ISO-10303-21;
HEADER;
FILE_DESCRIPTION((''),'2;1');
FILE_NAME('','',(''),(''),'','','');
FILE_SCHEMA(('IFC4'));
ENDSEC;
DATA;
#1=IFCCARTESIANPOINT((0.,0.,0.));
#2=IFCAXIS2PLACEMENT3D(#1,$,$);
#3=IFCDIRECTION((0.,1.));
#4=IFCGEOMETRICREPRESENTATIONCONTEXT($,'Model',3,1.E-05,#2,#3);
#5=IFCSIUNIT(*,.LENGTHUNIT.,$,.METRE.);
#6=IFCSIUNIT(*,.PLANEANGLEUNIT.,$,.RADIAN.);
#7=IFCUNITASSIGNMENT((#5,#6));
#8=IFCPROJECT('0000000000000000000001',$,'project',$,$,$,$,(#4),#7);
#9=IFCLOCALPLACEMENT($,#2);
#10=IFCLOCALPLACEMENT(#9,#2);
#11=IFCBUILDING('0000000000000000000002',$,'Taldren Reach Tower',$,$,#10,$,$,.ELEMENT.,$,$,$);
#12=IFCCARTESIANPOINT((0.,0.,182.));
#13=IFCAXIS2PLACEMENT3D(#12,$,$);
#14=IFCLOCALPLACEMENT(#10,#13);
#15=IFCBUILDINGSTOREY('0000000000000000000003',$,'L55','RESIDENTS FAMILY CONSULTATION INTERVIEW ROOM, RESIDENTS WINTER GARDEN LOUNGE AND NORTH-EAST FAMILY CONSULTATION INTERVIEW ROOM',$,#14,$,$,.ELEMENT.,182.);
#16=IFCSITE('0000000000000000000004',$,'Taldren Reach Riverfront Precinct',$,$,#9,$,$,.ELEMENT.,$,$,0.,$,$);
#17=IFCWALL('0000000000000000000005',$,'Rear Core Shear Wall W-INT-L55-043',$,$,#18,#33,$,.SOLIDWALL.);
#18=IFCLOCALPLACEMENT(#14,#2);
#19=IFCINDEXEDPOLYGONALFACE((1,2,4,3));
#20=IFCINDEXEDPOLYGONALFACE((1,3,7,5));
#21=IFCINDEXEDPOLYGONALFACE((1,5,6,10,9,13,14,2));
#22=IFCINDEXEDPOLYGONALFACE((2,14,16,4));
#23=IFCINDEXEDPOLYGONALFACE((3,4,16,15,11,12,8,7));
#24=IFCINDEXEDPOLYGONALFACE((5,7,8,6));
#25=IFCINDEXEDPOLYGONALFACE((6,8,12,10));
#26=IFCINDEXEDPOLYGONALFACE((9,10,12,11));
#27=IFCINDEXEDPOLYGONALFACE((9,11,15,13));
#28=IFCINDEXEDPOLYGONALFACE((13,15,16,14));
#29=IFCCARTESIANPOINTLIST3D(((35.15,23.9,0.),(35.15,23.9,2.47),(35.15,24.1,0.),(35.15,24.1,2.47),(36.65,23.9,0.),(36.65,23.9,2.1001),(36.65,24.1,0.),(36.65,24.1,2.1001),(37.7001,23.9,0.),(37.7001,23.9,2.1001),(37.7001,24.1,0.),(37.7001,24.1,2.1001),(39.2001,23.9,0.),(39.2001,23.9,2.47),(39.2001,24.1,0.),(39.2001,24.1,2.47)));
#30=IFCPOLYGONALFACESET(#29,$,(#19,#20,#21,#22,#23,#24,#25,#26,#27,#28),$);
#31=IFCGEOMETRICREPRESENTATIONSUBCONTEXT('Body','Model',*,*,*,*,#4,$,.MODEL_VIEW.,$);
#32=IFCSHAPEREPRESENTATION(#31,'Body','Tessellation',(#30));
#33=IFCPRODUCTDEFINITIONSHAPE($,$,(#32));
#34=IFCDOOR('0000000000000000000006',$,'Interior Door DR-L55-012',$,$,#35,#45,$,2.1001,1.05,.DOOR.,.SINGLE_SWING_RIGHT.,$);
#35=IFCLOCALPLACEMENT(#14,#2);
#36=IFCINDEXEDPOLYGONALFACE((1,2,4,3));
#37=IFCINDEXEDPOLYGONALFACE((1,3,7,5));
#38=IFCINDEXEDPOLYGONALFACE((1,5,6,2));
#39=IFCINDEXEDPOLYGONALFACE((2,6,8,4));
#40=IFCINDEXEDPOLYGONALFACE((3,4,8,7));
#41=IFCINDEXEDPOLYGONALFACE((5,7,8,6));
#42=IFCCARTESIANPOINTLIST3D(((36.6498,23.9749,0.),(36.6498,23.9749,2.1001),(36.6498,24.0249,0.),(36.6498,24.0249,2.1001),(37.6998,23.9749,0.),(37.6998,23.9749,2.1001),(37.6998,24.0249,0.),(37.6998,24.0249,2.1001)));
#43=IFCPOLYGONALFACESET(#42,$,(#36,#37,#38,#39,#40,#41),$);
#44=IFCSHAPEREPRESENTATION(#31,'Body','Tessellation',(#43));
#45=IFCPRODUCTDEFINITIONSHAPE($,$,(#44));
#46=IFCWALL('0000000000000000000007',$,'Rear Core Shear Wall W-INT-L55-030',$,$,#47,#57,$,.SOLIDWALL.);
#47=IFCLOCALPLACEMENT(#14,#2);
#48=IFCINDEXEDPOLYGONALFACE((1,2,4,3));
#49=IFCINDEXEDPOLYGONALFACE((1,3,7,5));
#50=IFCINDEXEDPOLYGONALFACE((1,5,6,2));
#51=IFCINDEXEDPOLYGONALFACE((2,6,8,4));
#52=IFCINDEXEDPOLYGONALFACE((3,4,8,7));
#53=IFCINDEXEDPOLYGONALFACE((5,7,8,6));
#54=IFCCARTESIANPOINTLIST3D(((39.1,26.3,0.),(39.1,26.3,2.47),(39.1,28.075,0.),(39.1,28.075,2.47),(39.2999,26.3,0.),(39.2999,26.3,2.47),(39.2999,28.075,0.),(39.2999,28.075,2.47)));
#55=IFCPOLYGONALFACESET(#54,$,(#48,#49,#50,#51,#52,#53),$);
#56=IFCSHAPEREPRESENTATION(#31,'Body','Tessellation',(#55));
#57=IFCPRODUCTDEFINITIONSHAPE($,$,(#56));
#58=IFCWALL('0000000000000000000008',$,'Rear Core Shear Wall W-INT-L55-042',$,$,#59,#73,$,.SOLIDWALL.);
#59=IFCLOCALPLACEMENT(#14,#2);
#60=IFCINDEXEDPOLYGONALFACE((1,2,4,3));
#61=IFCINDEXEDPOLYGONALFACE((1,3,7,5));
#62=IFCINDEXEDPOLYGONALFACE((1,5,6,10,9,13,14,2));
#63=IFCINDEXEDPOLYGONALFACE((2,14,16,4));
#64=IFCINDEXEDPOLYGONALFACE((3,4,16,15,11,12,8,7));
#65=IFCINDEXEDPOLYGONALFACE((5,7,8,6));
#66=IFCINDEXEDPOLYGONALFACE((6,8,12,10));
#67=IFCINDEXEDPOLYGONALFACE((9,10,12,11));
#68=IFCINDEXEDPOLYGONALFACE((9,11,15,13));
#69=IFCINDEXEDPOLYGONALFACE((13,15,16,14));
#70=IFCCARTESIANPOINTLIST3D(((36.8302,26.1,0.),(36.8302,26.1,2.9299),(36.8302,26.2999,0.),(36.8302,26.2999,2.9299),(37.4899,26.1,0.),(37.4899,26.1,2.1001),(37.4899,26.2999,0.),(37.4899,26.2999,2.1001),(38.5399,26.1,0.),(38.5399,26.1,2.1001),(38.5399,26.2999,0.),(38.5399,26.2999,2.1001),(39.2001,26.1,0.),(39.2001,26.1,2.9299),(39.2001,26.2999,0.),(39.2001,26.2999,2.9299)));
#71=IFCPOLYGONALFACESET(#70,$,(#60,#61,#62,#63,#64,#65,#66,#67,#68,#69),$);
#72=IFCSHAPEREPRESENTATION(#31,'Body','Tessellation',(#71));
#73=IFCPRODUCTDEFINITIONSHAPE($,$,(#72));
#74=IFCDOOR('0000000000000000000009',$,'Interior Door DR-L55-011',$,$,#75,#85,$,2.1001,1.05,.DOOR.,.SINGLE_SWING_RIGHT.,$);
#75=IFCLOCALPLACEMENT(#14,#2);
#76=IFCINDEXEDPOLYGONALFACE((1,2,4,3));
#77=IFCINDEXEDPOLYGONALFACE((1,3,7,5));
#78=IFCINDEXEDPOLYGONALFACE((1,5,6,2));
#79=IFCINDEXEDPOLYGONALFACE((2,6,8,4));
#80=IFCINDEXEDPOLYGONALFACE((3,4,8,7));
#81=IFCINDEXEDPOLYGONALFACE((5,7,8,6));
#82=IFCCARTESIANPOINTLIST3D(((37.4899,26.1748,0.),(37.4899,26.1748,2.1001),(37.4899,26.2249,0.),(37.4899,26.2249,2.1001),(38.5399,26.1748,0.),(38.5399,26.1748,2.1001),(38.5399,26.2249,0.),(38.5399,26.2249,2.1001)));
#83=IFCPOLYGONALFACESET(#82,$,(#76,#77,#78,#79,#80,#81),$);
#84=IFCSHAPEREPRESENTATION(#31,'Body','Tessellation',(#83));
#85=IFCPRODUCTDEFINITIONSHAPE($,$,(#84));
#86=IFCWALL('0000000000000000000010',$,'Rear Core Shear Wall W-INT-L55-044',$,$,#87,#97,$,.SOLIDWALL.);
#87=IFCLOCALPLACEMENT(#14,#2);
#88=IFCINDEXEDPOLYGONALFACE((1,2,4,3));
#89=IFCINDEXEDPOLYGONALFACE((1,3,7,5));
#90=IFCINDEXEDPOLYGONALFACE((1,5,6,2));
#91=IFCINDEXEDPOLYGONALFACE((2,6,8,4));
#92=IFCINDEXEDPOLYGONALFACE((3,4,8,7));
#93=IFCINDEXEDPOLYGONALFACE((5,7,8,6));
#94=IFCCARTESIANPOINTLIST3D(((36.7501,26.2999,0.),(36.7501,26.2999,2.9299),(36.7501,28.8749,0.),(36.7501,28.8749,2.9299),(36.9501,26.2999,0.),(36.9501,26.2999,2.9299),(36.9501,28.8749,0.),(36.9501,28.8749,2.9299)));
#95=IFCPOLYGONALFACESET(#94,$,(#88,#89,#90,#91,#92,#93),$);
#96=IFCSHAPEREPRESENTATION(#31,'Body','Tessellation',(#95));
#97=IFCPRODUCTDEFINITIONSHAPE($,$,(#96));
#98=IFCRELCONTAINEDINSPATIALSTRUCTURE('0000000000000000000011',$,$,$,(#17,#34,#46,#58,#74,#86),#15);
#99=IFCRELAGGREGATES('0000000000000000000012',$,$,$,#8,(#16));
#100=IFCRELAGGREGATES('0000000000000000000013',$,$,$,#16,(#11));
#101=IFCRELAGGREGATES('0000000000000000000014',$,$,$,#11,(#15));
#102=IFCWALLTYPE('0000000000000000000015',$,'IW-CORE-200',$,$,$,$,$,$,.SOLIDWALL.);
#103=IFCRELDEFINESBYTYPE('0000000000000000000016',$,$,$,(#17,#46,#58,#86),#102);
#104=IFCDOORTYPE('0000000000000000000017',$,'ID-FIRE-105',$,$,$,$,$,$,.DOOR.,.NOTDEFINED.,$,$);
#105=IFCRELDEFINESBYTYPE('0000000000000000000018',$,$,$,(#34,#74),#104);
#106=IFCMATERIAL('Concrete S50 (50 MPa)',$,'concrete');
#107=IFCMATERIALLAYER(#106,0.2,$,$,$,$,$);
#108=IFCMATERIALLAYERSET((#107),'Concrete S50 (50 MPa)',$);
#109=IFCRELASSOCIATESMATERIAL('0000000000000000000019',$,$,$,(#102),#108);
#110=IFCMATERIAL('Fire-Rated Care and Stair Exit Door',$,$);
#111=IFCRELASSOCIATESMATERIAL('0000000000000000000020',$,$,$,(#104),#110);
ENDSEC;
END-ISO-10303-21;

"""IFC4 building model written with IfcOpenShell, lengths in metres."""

from ifc_helpers import new_model, si_unit, direction, frame, frame_2d, origin, place, context, subcontext, project, spatial, rectangle, extrude, source, transform, mapped, material, layer, layer_set, type_object, element, fill, save


model = new_model("IFC4")

# Units and contexts
model_context = context("Model", 3, precision=1e-05, world=origin(), true_north=direction((0.0, 1.0)))
body_context = subcontext(model_context, "Body", "Model", "MODEL_VIEW")
ifc_project = project(units=[si_unit("LENGTHUNIT", "METRE"), si_unit("PLANEANGLEUNIT", "RADIAN")], contexts=[model_context])

# Site, building, storey
site_placement = place(None, origin())
site = spatial("IfcSite", under=ifc_project, at=site_placement, Name="Taldren Reach Riverfront Precinct", CompositionType="ELEMENT", RefElevation=0.0)
building_placement = place(site_placement, origin())
building = spatial("IfcBuilding", under=site, at=building_placement, Name="Taldren Reach Tower", CompositionType="ELEMENT")
storey_placement = place(building_placement, frame((0.0, 0.0, 182.0)))
storey = spatial("IfcBuildingStorey", under=building, at=storey_placement, Name="L55", Description="RESIDENTS FAMILY CONSULTATION INTERVIEW ROOM, RESIDENTS WINTER GARDEN LOUNGE AND NORTH-EAST FAMILY CONSULTATION INTERVIEW ROOM", CompositionType="ELEMENT", Elevation=182.0)

# Shared definitions
ifc_material_1 = material(Name="Concrete S50 (50 MPa)", Category="concrete")
ifc_layer_1 = layer(ifc_material_1, 0.2)
ifc_layer_set_1 = layer_set([ifc_layer_1], Name="Concrete S50 (50 MPa)")
wall_type_1 = type_object("IfcWallType", Name="IW-CORE-200", PredefinedType="SOLIDWALL", material=ifc_layer_set_1)

# Wall, opening, door
shared_shape_1 = source(origin(), body_context, "Body", "SweptSolid", [
    extrude(rectangle(XDim=4.05, YDim=0.2, at=frame_2d((2.0249, 0.0))), origin(), (0.0, 0.0, 1.0), 2.47),
])
wall_1_placement = place(storey_placement, frame((39.2, 24.0, 0.0), z_axis=(0.0, 0.0, 1.0), x_axis=(-1.0, 0.0, 0.0)))
wall_1 = element("IfcWall", 1, at=wall_1_placement, inside=storey, type_object=wall_type_1, Name="Rear Core Shear Wall W-INT-L55-043", PredefinedType="SOLIDWALL", context=body_context, shape_type="MappedRepresentation", body=[
    mapped(shared_shape_1, transform((0.0, 0.0, 0.0), scale=1.0)),
])
shared_shape_2 = source(origin(), body_context, "Body", "SweptSolid", [
    extrude(rectangle(XDim=1.05, YDim=2.1001, at=frame_2d((0.5249, 1.05))), frame((0.0, 0.1099, 0.0), z_axis=(0.0, -1.0, 0.0), x_axis=(1.0, 0.0, 0.0)), (0.0, 0.0, 1.0), 0.22),
])
opening_1_placement = place(wall_1_placement, frame((1.5, 0.0, 0.0)))
opening_1 = element("IfcOpeningElement", 2, at=opening_1_placement, cuts=wall_1, PredefinedType="OPENING", context=body_context, shape_type="MappedRepresentation", body=[
    mapped(shared_shape_2, transform((0.0, 0.0, 0.0), scale=1.0)),
])
ifc_material_2 = material(Name="Fire-Rated Care and Stair Exit Door")
door_type_1 = type_object("IfcDoorType", Name="ID-FIRE-105", OperationType="NOTDEFINED", PredefinedType="DOOR", material=ifc_material_2)
shared_shape_3 = source(origin(), body_context, "Body", "SweptSolid", [
    extrude(rectangle(XDim=1.05, YDim=2.1001, at=frame_2d((0.5249, 1.05))), frame((0.0, 0.0249, 0.0), z_axis=(0.0, -1.0, 0.0), x_axis=(1.0, 0.0, 0.0)), (0.0, 0.0, 1.0), 0.05),
])
door_1_placement = place(opening_1_placement, frame((1.05, 0.0, 0.0), z_axis=(0.0, 0.0, 1.0), x_axis=(-1.0, 0.0, 0.0)))
door_1 = element("IfcDoor", 3, at=door_1_placement, inside=storey, type_object=door_type_1, Name="Interior Door DR-L55-012", OperationType="SINGLE_SWING_RIGHT", OverallHeight=2.1001, OverallWidth=1.05, PredefinedType="DOOR", context=body_context, shape_type="MappedRepresentation", body=[
    mapped(shared_shape_3, transform((0.0, 0.0, 0.0), scale=1.0)),
])
fill(opening_1, door_1)

# Wall
shared_shape_4 = source(origin(), body_context, "Body", "SweptSolid", [
    extrude(rectangle(XDim=1.7749, YDim=0.2, at=frame_2d((0.8875, 0.0))), origin(), (0.0, 0.0, 1.0), 2.47),
])
wall_2_placement = place(storey_placement, frame((39.2, 26.3, 0.0), z_axis=(0.0, 0.0, 1.0), x_axis=(0.0, 1.0, 0.0)))
element("IfcWall", 4, at=wall_2_placement, inside=storey, type_object=wall_type_1, Name="Rear Core Shear Wall W-INT-L55-030", PredefinedType="SOLIDWALL", context=body_context, shape_type="MappedRepresentation", body=[
    mapped(shared_shape_4, transform((0.0, 0.0, 0.0), scale=1.0)),
])

# Wall, opening, door
shared_shape_5 = source(origin(), body_context, "Body", "SweptSolid", [
    extrude(rectangle(XDim=2.3699, YDim=0.2, at=frame_2d((1.1851, 0.0))), origin(), (0.0, 0.0, 1.0), 2.9299),
])
wall_3_placement = place(storey_placement, frame((36.8301, 26.2, 0.0), z_axis=(0.0, 0.0, 1.0), x_axis=(1.0, 0.0, 0.0)))
wall_3 = element("IfcWall", 5, at=wall_3_placement, inside=storey, type_object=wall_type_1, Name="Rear Core Shear Wall W-INT-L55-042", PredefinedType="SOLIDWALL", context=body_context, shape_type="MappedRepresentation", body=[
    mapped(shared_shape_5, transform((0.0, 0.0, 0.0), scale=1.0)),
])
opening_2_placement = place(wall_3_placement, frame((0.6599, 0.0, 0.0)))
opening_2 = element("IfcOpeningElement", 6, at=opening_2_placement, cuts=wall_3, PredefinedType="OPENING", context=body_context, shape_type="MappedRepresentation", body=[
    mapped(shared_shape_2, transform((0.0, 0.0, 0.0), scale=1.0)),
])
door_2_placement = place(opening_2_placement, origin())
door_2 = element("IfcDoor", 7, at=door_2_placement, inside=storey, type_object=door_type_1, Name="Interior Door DR-L55-011", OperationType="SINGLE_SWING_RIGHT", OverallHeight=2.1001, OverallWidth=1.05, PredefinedType="DOOR", context=body_context, shape_type="MappedRepresentation", body=[
    mapped(shared_shape_3, transform((0.0, 0.0, 0.0), scale=1.0)),
])
fill(opening_2, door_2)

# Wall
shared_shape_6 = source(origin(), body_context, "Body", "SweptSolid", [
    extrude(rectangle(XDim=2.575, YDim=0.2, at=frame_2d((1.2876, 0.0))), origin(), (0.0, 0.0, 1.0), 2.9299),
])
wall_4_placement = place(storey_placement, frame((36.8501, 28.875, 0.0), z_axis=(0.0, 0.0, 1.0), x_axis=(0.0, -1.0, 0.0)))
element("IfcWall", 8, at=wall_4_placement, inside=storey, type_object=wall_type_1, Name="Rear Core Shear Wall W-INT-L55-044", PredefinedType="SOLIDWALL", context=body_context, shape_type="MappedRepresentation", body=[
    mapped(shared_shape_6, transform((0.0, 0.0, 0.0), scale=1.0)),
])

save(model, "model.ifc")
